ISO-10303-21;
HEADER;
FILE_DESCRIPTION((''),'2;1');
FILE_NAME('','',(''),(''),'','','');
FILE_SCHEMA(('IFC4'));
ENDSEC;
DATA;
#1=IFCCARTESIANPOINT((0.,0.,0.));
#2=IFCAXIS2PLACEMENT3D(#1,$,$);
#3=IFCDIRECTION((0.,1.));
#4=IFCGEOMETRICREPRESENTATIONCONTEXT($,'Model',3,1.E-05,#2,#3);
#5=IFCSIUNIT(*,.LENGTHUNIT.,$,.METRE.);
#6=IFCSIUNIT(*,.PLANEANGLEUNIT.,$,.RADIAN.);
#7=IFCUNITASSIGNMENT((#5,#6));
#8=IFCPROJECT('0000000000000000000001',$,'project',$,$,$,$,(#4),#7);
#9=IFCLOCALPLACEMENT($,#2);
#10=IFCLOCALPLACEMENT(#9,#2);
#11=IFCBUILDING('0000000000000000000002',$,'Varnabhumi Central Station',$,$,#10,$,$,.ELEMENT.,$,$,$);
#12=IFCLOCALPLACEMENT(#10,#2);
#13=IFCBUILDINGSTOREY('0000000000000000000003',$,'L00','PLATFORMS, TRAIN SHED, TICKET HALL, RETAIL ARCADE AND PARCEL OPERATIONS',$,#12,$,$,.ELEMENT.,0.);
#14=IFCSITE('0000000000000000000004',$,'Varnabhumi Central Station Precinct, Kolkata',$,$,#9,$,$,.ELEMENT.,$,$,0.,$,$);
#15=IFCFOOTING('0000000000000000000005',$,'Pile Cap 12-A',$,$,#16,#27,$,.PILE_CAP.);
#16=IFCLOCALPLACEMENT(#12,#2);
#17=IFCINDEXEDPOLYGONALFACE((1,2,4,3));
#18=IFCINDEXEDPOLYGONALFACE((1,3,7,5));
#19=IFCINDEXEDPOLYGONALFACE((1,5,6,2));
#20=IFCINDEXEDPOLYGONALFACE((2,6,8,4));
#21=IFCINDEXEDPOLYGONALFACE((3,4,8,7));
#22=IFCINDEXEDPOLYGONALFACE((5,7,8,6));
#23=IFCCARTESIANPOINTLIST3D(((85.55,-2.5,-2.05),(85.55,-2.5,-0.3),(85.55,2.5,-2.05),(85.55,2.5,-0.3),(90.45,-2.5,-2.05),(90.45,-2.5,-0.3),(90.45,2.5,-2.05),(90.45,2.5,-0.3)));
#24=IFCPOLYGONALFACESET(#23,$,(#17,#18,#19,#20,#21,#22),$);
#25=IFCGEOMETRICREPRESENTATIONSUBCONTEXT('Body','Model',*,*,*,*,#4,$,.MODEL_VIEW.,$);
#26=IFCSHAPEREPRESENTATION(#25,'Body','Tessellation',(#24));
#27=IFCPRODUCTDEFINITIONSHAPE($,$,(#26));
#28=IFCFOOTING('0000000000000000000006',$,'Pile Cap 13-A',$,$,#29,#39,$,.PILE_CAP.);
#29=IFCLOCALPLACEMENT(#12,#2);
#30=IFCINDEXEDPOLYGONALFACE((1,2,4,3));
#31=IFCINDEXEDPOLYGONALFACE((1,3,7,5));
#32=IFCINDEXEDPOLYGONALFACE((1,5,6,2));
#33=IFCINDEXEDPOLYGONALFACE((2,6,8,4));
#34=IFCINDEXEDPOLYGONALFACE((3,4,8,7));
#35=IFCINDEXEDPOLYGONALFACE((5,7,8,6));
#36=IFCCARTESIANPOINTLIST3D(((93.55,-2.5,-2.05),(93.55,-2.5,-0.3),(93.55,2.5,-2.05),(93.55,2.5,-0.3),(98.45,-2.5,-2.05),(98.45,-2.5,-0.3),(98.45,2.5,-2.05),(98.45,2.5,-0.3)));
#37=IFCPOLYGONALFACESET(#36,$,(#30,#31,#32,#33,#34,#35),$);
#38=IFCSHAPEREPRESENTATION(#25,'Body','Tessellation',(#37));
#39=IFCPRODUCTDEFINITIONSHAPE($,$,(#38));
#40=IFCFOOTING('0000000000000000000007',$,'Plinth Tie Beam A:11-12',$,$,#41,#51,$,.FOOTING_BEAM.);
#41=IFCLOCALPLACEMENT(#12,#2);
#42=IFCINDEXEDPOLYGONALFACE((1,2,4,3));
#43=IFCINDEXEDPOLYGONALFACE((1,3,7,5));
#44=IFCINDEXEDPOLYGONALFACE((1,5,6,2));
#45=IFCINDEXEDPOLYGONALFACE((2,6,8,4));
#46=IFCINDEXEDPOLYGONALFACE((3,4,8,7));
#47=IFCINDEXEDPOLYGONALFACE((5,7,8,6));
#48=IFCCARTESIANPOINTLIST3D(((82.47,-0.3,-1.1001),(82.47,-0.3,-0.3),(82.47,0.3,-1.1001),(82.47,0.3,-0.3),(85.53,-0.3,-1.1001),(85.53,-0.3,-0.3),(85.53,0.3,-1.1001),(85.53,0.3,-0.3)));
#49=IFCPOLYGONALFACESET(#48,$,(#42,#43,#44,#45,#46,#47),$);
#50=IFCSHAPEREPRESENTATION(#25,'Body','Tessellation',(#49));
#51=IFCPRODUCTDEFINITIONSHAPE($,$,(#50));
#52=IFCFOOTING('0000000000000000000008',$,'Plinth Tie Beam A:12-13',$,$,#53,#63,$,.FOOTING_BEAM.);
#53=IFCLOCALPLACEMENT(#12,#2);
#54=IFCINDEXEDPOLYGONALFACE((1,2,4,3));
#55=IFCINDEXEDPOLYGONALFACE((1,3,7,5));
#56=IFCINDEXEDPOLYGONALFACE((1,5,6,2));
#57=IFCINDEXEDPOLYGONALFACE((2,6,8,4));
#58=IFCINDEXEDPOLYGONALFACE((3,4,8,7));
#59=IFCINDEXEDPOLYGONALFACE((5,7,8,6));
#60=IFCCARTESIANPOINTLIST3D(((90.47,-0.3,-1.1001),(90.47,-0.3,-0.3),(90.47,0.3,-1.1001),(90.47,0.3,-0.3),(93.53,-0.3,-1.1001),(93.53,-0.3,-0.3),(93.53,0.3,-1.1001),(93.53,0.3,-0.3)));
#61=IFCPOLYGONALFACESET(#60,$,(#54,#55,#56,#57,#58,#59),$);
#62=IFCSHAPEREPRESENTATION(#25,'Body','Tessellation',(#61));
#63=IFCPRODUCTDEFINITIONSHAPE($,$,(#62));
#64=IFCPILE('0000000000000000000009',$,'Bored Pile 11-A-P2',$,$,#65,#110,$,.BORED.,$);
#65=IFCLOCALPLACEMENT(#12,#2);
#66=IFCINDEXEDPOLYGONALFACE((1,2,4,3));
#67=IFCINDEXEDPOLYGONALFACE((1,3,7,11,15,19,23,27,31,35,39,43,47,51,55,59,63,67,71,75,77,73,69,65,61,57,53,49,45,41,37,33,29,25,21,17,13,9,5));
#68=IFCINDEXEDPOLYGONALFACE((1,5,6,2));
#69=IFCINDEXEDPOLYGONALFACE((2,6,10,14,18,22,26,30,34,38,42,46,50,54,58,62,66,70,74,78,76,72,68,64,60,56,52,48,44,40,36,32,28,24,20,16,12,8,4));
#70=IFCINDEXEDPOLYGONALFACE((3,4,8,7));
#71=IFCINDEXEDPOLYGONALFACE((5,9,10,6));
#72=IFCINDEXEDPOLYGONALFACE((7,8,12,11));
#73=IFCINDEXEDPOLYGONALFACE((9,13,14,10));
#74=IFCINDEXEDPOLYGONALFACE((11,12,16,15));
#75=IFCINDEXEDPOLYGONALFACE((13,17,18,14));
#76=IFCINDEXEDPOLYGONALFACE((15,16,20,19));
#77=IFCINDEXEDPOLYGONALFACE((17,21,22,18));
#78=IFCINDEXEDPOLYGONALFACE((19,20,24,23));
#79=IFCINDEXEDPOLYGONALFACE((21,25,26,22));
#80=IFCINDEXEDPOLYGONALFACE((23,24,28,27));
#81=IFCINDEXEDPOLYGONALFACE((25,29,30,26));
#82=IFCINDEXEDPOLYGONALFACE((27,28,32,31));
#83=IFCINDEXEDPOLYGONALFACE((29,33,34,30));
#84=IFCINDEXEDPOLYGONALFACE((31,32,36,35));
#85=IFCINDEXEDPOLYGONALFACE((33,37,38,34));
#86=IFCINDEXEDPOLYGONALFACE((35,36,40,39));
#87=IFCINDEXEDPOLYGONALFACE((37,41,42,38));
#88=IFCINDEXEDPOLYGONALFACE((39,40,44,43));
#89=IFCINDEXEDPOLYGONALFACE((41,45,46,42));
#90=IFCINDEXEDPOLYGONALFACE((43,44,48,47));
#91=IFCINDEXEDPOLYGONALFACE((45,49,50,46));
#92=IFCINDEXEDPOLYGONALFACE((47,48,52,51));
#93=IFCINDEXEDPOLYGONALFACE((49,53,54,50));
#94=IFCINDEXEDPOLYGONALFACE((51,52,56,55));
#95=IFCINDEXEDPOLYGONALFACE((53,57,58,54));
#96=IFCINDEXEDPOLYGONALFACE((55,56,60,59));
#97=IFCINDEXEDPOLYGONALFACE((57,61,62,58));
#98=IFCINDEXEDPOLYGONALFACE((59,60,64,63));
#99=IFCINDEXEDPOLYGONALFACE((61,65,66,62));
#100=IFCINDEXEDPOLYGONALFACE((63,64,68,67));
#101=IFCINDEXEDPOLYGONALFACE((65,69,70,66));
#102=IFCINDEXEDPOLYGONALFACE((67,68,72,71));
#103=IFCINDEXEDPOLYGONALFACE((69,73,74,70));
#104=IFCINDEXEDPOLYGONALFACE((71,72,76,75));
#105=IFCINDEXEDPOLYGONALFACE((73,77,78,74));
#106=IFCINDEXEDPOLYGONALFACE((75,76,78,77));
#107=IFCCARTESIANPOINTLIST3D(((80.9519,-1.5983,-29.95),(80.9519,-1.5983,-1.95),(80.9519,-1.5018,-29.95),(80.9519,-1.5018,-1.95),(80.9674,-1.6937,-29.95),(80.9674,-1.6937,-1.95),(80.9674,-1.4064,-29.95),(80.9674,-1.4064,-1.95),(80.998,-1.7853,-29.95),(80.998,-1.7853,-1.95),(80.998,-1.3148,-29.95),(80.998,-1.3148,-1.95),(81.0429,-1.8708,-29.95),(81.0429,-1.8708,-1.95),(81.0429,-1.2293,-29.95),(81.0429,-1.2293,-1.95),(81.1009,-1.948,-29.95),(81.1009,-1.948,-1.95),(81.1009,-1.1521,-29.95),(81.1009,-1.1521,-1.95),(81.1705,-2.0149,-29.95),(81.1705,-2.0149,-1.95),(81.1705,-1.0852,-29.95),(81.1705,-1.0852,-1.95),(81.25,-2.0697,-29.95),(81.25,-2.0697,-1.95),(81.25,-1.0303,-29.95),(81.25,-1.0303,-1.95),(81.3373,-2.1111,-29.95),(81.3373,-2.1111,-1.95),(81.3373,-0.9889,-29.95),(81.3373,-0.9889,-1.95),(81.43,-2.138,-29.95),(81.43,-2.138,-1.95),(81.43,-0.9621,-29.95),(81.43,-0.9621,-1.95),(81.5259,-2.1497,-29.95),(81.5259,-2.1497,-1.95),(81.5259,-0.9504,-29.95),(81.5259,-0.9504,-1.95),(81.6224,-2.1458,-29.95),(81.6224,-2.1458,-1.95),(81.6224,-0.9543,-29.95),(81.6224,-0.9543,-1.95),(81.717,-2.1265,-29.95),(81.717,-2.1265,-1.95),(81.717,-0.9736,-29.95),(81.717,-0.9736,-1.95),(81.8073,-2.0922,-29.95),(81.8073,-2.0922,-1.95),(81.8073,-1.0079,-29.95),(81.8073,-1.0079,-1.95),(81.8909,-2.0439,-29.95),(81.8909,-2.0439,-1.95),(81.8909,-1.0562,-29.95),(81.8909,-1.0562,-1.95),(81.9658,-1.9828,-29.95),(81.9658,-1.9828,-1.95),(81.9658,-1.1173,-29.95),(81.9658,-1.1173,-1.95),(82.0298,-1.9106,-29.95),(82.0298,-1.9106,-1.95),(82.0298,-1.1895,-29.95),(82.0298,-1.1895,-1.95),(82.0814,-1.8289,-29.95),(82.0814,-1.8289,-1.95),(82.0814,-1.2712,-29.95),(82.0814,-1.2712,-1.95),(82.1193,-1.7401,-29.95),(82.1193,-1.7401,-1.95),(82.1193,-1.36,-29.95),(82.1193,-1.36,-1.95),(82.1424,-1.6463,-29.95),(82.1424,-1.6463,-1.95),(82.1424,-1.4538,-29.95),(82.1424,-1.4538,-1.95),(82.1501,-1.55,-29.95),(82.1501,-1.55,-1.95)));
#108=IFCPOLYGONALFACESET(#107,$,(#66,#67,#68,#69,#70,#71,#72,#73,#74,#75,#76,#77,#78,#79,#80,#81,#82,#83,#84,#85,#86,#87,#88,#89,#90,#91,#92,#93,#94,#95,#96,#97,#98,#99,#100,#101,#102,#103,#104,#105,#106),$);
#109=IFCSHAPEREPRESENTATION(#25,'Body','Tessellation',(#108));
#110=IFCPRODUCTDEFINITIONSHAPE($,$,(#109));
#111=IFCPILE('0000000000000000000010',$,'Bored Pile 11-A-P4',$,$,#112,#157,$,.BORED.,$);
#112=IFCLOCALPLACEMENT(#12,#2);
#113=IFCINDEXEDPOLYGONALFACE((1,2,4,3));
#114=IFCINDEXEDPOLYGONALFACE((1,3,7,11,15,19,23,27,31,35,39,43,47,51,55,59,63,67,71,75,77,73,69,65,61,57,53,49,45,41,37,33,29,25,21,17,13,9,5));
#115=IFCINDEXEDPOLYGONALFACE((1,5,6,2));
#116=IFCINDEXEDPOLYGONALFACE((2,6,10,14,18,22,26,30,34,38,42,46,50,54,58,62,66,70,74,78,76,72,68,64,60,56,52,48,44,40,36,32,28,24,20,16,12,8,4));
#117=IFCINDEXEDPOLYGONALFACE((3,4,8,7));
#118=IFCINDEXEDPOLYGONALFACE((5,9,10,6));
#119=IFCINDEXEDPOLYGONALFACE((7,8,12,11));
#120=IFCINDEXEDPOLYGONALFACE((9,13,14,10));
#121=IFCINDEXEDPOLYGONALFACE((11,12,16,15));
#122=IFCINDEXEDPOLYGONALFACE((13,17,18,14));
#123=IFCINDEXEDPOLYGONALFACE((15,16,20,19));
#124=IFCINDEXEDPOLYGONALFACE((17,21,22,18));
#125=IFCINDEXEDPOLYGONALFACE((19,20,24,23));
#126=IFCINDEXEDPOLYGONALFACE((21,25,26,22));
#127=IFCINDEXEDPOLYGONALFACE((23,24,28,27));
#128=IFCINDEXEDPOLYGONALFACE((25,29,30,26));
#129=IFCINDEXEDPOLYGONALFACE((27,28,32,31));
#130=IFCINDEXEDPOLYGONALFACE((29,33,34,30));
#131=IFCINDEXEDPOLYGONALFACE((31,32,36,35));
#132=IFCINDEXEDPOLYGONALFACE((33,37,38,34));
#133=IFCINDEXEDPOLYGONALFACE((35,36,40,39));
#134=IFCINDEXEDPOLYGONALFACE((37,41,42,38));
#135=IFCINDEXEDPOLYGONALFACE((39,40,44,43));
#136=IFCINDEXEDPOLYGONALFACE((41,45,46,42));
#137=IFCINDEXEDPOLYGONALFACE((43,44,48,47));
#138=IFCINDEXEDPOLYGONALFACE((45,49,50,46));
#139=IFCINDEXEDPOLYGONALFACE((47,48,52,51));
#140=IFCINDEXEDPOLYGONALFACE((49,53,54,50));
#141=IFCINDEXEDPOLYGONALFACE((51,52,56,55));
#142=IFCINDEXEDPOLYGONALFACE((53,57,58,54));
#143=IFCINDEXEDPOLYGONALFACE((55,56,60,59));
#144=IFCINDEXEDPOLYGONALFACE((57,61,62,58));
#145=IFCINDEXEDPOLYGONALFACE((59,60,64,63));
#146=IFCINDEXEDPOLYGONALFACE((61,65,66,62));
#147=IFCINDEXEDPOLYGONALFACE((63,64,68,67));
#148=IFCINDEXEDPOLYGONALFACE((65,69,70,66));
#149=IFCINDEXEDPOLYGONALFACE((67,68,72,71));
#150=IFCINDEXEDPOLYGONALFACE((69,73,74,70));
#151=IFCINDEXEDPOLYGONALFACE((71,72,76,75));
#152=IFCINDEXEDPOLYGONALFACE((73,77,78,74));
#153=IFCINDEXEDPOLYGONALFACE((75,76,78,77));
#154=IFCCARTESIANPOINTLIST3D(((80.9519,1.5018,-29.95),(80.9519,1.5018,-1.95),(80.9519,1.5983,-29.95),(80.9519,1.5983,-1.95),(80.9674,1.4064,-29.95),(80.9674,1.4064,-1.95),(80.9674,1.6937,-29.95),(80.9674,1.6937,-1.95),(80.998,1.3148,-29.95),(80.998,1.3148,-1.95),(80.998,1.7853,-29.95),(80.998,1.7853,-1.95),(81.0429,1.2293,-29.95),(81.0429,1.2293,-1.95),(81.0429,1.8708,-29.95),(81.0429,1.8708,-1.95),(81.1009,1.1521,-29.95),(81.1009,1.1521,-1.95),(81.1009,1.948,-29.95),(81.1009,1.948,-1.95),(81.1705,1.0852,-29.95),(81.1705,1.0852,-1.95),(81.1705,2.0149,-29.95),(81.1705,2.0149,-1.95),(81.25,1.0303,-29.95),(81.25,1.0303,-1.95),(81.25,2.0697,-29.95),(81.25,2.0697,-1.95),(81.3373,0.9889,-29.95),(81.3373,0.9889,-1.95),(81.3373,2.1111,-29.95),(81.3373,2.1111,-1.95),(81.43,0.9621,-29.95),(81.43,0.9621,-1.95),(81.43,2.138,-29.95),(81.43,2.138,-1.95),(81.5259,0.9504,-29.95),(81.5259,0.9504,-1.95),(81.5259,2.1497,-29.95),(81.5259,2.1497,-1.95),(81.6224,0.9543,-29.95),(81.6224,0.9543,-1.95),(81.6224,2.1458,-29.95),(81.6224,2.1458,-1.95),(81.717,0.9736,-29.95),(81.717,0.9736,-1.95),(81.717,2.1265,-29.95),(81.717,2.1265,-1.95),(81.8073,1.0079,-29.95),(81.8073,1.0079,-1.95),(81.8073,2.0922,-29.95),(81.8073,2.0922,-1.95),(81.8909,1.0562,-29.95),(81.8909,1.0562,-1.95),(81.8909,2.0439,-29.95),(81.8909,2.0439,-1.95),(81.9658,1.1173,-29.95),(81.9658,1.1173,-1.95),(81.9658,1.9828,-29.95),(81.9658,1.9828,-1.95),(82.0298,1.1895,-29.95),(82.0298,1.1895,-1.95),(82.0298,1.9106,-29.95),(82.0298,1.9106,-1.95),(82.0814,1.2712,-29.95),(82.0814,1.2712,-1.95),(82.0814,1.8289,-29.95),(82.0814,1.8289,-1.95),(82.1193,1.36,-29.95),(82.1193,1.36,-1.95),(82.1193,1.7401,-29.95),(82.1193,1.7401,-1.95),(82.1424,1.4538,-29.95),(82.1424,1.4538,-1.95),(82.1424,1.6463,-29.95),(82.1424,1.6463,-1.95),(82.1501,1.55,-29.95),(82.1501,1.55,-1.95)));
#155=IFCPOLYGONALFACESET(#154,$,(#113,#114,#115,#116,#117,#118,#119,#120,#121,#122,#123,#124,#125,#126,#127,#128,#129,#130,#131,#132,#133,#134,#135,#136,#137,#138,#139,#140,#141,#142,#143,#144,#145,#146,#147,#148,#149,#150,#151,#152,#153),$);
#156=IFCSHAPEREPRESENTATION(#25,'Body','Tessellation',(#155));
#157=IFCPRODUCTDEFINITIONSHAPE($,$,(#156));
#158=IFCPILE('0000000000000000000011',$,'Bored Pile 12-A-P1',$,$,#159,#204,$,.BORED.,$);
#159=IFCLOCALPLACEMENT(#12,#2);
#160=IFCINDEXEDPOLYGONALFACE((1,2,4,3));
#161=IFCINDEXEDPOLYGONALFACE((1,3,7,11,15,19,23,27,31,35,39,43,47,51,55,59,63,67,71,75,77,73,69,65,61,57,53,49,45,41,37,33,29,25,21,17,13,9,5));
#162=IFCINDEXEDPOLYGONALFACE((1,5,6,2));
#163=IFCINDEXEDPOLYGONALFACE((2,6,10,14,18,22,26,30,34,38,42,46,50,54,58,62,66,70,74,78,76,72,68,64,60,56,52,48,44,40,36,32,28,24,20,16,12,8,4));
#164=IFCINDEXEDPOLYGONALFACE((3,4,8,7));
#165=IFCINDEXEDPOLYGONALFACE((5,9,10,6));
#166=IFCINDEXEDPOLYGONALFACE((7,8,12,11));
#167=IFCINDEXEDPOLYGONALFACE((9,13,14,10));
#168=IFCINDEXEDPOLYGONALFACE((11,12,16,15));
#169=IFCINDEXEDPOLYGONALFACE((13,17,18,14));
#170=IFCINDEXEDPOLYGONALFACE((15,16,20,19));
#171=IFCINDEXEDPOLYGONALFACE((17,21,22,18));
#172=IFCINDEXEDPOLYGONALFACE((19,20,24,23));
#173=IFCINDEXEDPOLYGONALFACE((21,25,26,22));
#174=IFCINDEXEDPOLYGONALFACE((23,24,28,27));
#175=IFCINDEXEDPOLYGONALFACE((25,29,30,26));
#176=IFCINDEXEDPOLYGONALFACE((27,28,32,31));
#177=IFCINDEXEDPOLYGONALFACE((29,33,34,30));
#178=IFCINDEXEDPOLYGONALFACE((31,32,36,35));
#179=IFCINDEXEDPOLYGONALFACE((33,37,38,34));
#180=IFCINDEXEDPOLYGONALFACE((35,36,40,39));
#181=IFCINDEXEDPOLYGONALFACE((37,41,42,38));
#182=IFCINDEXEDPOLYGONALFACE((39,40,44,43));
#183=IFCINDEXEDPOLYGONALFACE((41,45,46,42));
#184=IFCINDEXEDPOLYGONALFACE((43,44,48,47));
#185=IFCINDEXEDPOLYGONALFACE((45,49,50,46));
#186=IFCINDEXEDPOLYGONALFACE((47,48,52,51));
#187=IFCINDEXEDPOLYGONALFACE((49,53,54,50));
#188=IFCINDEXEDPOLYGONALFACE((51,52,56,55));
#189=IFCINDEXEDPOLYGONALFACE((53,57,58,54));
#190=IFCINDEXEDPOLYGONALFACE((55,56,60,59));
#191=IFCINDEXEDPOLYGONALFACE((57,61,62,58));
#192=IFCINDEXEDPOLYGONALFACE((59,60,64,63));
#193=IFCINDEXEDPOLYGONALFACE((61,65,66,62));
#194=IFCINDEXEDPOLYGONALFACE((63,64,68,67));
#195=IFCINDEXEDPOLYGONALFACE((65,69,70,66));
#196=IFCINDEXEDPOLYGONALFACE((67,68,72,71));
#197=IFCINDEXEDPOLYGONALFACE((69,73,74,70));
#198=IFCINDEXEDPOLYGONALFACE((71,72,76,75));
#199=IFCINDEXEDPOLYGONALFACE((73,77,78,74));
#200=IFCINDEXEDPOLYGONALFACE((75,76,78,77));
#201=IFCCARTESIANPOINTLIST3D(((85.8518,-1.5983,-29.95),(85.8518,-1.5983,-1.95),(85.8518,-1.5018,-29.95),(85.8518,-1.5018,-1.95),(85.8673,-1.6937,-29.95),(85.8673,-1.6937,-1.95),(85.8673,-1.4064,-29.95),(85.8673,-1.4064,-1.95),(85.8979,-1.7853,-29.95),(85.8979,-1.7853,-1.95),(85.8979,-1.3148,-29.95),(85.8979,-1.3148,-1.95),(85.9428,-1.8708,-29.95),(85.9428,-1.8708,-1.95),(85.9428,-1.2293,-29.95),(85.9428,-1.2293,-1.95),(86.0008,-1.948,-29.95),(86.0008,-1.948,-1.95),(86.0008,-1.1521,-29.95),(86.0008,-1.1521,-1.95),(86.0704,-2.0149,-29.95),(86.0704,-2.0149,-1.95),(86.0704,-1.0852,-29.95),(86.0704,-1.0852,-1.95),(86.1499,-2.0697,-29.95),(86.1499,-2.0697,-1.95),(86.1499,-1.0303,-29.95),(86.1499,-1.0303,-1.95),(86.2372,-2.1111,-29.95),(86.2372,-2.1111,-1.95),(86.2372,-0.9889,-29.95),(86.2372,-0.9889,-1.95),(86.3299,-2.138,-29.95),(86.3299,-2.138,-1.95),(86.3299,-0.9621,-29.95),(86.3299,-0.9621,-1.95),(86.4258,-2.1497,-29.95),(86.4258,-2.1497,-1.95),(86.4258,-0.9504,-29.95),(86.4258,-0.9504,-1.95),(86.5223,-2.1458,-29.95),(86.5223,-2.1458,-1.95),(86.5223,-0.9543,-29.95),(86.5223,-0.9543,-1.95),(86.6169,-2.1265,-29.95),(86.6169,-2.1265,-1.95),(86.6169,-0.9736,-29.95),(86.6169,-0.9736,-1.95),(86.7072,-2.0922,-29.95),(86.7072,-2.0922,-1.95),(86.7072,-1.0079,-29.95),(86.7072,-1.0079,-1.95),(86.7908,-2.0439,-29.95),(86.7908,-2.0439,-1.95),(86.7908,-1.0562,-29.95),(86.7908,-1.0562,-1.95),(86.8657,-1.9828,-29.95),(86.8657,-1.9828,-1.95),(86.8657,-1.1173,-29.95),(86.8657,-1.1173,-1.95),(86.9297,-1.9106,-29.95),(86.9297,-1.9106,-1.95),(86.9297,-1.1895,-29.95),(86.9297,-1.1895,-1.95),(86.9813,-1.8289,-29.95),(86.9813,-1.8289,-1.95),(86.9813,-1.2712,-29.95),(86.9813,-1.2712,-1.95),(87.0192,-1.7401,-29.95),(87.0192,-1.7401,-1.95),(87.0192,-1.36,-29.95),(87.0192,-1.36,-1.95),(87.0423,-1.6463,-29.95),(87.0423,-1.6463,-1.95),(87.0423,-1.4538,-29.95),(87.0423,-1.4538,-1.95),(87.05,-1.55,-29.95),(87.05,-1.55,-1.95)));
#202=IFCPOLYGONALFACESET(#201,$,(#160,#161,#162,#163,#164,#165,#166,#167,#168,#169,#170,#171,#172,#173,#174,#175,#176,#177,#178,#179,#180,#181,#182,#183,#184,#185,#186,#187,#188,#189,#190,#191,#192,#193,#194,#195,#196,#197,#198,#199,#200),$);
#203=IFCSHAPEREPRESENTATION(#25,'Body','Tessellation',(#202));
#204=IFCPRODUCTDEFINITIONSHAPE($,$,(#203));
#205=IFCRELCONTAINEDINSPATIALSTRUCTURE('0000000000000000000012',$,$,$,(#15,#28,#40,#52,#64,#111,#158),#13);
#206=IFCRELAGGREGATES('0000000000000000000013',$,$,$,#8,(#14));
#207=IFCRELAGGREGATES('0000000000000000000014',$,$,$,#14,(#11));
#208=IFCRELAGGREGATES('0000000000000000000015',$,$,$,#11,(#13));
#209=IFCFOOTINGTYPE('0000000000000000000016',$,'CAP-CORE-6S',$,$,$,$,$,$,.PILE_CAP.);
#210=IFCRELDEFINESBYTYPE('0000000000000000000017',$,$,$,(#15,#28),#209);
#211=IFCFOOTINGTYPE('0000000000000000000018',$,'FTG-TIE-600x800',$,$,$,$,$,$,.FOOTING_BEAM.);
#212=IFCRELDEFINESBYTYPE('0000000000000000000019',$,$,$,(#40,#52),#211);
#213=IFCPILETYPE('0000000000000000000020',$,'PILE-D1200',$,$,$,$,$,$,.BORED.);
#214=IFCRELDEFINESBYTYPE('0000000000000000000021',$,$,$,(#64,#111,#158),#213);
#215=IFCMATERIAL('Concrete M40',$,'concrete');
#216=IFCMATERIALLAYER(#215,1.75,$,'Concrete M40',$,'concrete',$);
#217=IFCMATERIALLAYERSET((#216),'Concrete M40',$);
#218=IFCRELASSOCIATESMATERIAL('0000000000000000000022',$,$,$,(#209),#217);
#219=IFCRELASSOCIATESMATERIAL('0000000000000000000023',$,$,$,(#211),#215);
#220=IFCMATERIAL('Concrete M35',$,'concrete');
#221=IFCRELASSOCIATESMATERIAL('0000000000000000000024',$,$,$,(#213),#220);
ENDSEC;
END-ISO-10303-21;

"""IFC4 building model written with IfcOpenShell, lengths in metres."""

from ifc_helpers import new_model, si_unit, direction, frame, origin, origin_2d, place, context, subcontext, project, spatial, rectangle, circle, extrude, material, layer, layer_set, material_profile, profile_set, type_object, element, save


model = new_model("IFC4")

# Units and contexts
model_context = context("Model", 3, precision=1e-05, world=origin(), true_north=direction((0.0, 1.0)))
body_context = subcontext(model_context, "Body", "Model", "MODEL_VIEW")
ifc_project = project(units=[si_unit("LENGTHUNIT", "METRE"), si_unit("PLANEANGLEUNIT", "RADIAN")], contexts=[model_context])

# Site, building, storey
site_placement = place(None, origin())
site = spatial("IfcSite", under=ifc_project, at=site_placement, Name="Varnabhumi Central Station Precinct, Kolkata", CompositionType="ELEMENT", RefElevation=0.0)
building_placement = place(site_placement, origin())
building = spatial("IfcBuilding", under=site, at=building_placement, Name="Varnabhumi Central Station", CompositionType="ELEMENT")
storey_placement = place(building_placement, origin())
storey = spatial("IfcBuildingStorey", under=building, at=storey_placement, Name="L00", Description="PLATFORMS, TRAIN SHED, TICKET HALL, RETAIL ARCADE AND PARCEL OPERATIONS", CompositionType="ELEMENT", Elevation=0.0)

# Footings
ifc_material_1 = material(Name="Concrete M40", Category="concrete")
ifc_layer_1 = layer(ifc_material_1, 1.75, Name="Concrete M40", Category="concrete")
ifc_layer_set_1 = layer_set([ifc_layer_1], Name="Concrete M40")
footing_type_1 = type_object("IfcFootingType", Name="CAP-CORE-6S", PredefinedType="PILE_CAP", material=ifc_layer_set_1)
for number, where, z_axis, x_axis, name in (
    (1, (88.0, 0.0, -2.05), (0.0, 0.0, 1.0), (1.0, 0.0, 0.0), "Pile Cap 12-A"),
    (2, (96.0, 0.0, -2.05), (0.0, 0.0, 1.0), (1.0, 0.0, 0.0), "Pile Cap 13-A"),
):
    element("IfcFooting", number, at=place(storey_placement, frame(where, z_axis=z_axis, x_axis=x_axis)), inside=storey, type_object=footing_type_1, Name=name, PredefinedType="PILE_CAP", context=body_context, shape_type="SweptSolid", body=[
        extrude(rectangle(XDim=4.8999, YDim=5.0, at=origin_2d()), origin(), (0.0, 0.0, 1.0), 1.75),
    ])
footing_type_2 = type_object("IfcFootingType", Name="FTG-TIE-600x800", PredefinedType="FOOTING_BEAM", material=ifc_material_1)
for number, where, z_axis, x_axis, name in (
    (3, (84.0, 0.0, -1.1001), (0.0, 0.0, 1.0), (1.0, 0.0, 0.0), "Plinth Tie Beam A:11-12"),
    (4, (92.0, 0.0, -1.1001), (0.0, 0.0, 1.0), (1.0, 0.0, 0.0), "Plinth Tie Beam A:12-13"),
):
    element("IfcFooting", number, at=place(storey_placement, frame(where, z_axis=z_axis, x_axis=x_axis)), inside=storey, type_object=footing_type_2, Name=name, PredefinedType="FOOTING_BEAM", context=body_context, shape_type="SweptSolid", body=[
        extrude(rectangle(XDim=3.0601, YDim=0.6001, at=origin_2d()), origin(), (0.0, 0.0, 1.0), 0.8),
    ])

# Piles
ifc_material_2 = material(Name="Concrete M35", Category="concrete")
ifc_material_profile_1 = material_profile(ifc_material_2, circle(Radius=0.6001, at=origin_2d()), Name="Concrete M35", Category="concrete")
ifc_profile_set_1 = profile_set([ifc_material_profile_1], Name="Concrete M35")
pile_type = type_object("IfcPileType", Name="PILE-D1200", PredefinedType="BORED", material=ifc_profile_set_1)
for number, where, z_axis, x_axis, name in (
    (5, (81.55, -1.55, -1.95), (0.0, 0.0, -1.0), (1.0, 0.0, 0.0), "Bored Pile 11-A-P2"),
    (6, (81.55, 1.55, -1.95), (0.0, 0.0, -1.0), (1.0, 0.0, 0.0), "Bored Pile 11-A-P4"),
    (7, (86.45, -1.55, -1.95), (0.0, 0.0, -1.0), (1.0, 0.0, 0.0), "Bored Pile 12-A-P1"),
):
    element("IfcPile", number, at=place(storey_placement, frame(where, z_axis=z_axis, x_axis=x_axis)), inside=storey, type_object=pile_type, Name=name, PredefinedType="BORED", context=body_context, shape_type="SweptSolid", body=[
        extrude(circle(Radius=0.6001, at=origin_2d()), origin(), (0.0, 0.0, 1.0), 28.0),
    ])

save(model, "model.ifc")
